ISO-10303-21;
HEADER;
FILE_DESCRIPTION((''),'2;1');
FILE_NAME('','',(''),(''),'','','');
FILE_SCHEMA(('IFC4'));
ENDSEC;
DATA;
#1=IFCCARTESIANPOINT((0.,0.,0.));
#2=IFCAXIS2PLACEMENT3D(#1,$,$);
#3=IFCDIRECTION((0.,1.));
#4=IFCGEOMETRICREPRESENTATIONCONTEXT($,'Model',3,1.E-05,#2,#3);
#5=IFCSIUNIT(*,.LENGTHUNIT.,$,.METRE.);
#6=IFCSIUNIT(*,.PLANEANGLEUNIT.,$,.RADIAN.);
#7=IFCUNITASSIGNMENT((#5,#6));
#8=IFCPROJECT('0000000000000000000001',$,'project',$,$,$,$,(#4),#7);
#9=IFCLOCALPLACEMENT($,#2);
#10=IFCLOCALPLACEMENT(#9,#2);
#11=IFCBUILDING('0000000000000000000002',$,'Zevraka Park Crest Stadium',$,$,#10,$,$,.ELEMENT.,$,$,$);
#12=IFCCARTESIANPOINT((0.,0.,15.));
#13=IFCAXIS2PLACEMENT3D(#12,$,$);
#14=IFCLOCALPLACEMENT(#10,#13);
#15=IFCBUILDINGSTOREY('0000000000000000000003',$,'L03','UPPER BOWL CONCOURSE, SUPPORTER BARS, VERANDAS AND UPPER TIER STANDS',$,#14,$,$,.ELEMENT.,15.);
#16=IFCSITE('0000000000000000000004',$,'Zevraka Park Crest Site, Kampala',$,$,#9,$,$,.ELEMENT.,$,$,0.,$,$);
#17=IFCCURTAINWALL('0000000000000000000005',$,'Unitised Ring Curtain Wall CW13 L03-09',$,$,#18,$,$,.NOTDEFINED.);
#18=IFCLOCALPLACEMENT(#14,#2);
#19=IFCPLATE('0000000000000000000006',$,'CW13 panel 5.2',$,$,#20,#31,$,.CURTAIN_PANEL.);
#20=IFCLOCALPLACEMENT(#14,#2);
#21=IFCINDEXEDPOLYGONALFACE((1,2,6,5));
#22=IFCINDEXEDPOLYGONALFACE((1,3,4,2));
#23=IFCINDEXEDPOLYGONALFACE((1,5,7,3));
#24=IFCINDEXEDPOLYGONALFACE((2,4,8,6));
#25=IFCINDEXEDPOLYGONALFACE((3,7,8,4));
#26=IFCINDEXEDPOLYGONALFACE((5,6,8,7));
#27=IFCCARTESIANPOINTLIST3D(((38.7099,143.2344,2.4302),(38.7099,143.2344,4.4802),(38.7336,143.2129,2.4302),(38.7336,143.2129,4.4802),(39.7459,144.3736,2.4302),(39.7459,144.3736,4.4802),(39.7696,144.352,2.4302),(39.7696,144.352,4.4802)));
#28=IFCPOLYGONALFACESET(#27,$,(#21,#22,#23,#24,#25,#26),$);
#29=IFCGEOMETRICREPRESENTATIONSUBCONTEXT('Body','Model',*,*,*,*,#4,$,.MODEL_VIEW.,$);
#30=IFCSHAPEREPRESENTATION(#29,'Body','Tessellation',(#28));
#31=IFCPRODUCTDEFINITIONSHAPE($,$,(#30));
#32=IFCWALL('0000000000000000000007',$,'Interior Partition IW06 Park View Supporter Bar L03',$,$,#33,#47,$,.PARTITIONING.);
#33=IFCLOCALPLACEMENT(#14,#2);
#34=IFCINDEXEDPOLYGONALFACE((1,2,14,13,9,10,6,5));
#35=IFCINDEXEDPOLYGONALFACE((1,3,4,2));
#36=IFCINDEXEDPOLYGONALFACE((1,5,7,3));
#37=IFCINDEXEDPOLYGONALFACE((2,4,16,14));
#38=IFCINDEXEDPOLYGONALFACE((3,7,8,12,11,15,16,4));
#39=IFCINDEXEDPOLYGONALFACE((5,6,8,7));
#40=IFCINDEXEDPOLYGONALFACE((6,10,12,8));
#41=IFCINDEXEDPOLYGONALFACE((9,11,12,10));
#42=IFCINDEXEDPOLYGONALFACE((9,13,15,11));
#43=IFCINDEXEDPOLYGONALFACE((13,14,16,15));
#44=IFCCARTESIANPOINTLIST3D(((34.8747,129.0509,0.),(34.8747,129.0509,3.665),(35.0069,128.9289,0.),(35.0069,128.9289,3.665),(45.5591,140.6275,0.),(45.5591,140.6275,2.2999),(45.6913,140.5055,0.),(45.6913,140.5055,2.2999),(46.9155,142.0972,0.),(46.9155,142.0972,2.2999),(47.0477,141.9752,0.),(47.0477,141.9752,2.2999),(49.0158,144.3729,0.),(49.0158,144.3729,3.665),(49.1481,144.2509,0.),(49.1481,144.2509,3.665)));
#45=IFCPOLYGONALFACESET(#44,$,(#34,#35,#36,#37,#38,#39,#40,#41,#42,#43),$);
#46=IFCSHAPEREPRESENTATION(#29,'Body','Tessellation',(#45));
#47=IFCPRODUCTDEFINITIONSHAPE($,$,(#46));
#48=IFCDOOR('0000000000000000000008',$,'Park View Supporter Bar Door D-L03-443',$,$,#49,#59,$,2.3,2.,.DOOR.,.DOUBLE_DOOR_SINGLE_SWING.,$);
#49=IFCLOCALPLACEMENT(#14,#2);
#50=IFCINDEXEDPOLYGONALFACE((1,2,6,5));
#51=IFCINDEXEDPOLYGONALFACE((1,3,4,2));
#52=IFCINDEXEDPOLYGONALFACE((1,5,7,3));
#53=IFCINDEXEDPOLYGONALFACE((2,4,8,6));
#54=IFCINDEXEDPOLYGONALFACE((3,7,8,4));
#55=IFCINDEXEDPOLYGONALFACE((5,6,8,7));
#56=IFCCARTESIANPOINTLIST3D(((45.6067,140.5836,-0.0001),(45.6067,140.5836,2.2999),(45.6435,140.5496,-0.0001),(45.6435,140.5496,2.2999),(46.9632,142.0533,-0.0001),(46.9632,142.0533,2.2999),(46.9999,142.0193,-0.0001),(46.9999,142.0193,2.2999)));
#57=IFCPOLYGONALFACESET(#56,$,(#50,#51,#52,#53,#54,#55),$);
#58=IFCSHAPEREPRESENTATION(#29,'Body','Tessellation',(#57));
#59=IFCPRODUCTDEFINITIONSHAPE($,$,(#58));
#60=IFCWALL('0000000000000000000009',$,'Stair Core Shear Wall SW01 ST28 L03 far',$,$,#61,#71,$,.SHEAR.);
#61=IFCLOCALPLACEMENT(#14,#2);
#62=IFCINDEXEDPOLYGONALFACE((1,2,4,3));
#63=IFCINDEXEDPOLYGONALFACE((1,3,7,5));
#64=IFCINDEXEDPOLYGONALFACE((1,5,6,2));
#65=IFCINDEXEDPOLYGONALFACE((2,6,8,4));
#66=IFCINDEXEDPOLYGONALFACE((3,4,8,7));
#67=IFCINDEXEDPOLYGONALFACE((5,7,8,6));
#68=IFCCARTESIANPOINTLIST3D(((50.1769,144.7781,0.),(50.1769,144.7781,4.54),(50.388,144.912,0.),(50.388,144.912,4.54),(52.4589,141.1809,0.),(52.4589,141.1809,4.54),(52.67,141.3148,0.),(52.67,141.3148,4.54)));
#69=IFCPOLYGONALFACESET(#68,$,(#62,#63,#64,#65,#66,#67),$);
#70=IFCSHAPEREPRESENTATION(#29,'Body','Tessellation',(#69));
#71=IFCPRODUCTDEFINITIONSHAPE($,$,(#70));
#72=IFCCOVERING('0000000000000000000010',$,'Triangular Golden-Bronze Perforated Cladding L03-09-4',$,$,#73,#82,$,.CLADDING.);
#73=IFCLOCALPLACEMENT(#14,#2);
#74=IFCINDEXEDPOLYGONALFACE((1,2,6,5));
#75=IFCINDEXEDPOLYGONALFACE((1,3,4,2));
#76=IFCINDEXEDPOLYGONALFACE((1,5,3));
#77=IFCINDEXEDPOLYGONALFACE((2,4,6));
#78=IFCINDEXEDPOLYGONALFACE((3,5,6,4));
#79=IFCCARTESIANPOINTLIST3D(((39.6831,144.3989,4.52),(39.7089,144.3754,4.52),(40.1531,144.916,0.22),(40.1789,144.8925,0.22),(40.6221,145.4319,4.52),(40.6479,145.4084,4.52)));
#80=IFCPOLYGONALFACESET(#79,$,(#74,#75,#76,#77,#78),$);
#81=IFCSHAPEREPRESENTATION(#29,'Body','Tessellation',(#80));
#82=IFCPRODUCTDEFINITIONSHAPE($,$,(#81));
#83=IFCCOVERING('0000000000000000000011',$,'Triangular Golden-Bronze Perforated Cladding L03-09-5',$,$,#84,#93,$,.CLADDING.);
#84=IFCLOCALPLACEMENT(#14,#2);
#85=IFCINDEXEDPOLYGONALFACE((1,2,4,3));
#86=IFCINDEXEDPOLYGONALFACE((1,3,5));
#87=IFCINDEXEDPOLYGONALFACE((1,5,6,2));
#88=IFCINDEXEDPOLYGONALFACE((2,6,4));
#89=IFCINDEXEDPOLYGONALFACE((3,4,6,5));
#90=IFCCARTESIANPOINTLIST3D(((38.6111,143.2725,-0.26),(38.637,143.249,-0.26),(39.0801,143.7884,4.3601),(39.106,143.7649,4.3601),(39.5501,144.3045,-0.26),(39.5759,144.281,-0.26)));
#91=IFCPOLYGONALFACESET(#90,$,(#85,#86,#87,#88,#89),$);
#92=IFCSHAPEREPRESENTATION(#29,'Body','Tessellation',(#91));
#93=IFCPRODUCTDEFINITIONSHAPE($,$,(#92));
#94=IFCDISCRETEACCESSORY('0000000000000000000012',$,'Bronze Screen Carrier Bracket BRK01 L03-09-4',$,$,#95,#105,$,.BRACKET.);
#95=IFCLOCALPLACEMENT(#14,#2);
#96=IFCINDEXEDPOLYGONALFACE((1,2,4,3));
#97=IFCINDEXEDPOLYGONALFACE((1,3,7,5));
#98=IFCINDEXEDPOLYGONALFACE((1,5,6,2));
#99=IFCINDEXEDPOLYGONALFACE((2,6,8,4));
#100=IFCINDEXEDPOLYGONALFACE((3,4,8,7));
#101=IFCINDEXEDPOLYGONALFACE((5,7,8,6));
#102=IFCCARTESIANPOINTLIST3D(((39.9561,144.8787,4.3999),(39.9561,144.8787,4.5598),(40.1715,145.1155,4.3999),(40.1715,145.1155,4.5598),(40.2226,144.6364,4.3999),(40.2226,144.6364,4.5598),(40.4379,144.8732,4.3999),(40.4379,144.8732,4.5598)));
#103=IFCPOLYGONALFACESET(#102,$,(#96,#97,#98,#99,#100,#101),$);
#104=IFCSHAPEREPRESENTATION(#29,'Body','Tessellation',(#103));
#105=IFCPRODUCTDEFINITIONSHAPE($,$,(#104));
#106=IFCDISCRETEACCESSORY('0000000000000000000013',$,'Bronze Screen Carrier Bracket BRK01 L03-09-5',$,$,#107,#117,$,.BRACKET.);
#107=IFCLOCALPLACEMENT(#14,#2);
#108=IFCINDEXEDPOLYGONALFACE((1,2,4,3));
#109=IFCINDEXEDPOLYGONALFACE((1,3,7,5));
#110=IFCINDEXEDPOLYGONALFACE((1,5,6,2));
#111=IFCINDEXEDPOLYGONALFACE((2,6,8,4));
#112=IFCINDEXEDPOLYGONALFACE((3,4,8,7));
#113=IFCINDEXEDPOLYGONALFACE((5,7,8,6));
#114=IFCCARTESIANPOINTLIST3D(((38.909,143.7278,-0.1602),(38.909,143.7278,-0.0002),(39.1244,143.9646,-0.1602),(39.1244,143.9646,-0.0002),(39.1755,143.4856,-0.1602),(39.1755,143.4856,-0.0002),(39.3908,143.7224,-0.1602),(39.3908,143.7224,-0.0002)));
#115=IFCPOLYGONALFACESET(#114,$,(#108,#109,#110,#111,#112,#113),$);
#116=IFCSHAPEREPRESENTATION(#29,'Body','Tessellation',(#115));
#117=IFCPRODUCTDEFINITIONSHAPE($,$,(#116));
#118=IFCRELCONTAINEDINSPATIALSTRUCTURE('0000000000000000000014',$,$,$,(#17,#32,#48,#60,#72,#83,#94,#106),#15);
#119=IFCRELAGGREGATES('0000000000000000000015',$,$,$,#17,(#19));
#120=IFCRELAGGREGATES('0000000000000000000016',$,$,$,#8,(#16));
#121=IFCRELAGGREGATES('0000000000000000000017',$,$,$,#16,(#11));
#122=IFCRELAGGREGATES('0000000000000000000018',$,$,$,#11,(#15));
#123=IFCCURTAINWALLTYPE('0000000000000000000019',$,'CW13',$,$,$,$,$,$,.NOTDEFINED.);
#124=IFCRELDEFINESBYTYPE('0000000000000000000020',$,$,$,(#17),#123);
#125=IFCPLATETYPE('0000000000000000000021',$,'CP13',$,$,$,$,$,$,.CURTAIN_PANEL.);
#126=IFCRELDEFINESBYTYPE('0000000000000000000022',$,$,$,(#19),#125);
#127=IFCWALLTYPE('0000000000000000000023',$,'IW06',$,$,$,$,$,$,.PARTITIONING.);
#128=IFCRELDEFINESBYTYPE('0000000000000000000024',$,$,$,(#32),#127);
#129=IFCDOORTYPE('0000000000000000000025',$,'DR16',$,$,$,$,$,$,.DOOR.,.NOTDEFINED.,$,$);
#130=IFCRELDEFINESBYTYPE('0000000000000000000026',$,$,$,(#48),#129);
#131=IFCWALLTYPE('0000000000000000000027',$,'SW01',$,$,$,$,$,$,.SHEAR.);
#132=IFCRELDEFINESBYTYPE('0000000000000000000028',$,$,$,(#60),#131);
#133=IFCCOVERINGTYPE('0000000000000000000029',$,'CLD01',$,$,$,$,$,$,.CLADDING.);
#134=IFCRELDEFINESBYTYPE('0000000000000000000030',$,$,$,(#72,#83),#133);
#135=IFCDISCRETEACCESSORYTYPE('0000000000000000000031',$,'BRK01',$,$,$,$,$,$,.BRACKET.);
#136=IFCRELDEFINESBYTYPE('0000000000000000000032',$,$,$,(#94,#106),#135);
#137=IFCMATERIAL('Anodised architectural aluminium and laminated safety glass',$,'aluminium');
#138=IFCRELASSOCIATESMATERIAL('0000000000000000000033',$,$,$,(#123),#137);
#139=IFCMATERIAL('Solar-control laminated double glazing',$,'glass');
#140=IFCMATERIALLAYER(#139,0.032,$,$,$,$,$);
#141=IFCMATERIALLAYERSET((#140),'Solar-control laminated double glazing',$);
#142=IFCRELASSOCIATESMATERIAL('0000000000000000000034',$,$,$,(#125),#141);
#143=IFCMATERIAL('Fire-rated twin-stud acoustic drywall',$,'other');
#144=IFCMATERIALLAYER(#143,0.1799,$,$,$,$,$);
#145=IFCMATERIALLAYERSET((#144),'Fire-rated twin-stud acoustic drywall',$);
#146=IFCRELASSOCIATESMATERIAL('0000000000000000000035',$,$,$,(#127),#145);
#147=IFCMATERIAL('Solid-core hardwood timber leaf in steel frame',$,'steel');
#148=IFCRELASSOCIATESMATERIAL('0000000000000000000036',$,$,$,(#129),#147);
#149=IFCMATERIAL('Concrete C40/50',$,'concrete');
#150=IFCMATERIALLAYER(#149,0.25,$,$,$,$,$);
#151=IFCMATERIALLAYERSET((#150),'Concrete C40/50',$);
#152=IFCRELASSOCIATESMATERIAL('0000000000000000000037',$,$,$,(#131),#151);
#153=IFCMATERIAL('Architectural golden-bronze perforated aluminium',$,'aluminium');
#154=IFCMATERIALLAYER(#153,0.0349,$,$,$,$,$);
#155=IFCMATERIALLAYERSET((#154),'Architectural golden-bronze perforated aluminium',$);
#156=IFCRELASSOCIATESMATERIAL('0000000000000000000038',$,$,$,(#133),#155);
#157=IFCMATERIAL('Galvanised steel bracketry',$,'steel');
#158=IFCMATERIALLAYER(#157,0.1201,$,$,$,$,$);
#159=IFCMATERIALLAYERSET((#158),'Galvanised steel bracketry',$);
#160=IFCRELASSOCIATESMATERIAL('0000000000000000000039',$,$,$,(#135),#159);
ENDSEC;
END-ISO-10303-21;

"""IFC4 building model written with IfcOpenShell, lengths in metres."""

from ifc_helpers import new_model, si_unit, direction, frame, frame_2d, origin, origin_2d, place, context, subcontext, project, spatial, polyline, rectangle, outline, extrude, material, layer, layer_set, type_object, element, fill, aggregate, save


model = new_model("IFC4")

# Units and contexts
model_context = context("Model", 3, precision=1e-05, world=origin(), true_north=direction((0.0, 1.0)))
body_context = subcontext(model_context, "Body", "Model", "MODEL_VIEW")
ifc_project = project(units=[si_unit("LENGTHUNIT", "METRE"), si_unit("PLANEANGLEUNIT", "RADIAN")], contexts=[model_context])

# Site, building, storey
site_placement = place(None, origin())
site = spatial("IfcSite", under=ifc_project, at=site_placement, Name="Zevraka Park Crest Site, Kampala", CompositionType="ELEMENT", RefElevation=0.0)
building_placement = place(site_placement, origin())
building = spatial("IfcBuilding", under=site, at=building_placement, Name="Zevraka Park Crest Stadium", CompositionType="ELEMENT")
storey_placement = place(building_placement, frame((0.0, 0.0, 15.0)))
storey = spatial("IfcBuildingStorey", under=building, at=storey_placement, Name="L03", Description="UPPER BOWL CONCOURSE, SUPPORTER BARS, VERANDAS AND UPPER TIER STANDS", CompositionType="ELEMENT", Elevation=15.0)

# Curtain wall
ifc_material_1 = material(Name="Anodised architectural aluminium and laminated safety glass", Category="aluminium")
curtain_wall_type = type_object("IfcCurtainWallType", Name="CW13", PredefinedType="NOTDEFINED", material=ifc_material_1)
curtain_wall_placement = place(storey_placement, origin())
curtain_wall = element("IfcCurtainWall", 1, at=curtain_wall_placement, inside=storey, type_object=curtain_wall_type, Name="Unitised Ring Curtain Wall CW13 L03-09", PredefinedType="NOTDEFINED")

# Plate
ifc_material_2 = material(Name="Solar-control laminated double glazing", Category="glass")
ifc_layer_1 = layer(ifc_material_2, 0.032)
ifc_layer_set_1 = layer_set([ifc_layer_1], Name="Solar-control laminated double glazing")
plate_type = type_object("IfcPlateType", Name="CP13", PredefinedType="CURTAIN_PANEL", material=ifc_layer_set_1)
plate_1_placement = place(storey_placement, frame((39.2397, 143.7932, 2.4302), z_axis=(0.0, 0.0, 1.0), x_axis=(-0.672802, -0.739823, 0.0)))
plate_1 = element("IfcPlate", 2, at=plate_1_placement, type_object=plate_type, Name="CW13 panel 5.2", PredefinedType="CURTAIN_PANEL", context=body_context, shape_type="SweptSolid", body=[
    extrude(rectangle(XDim=1.5398, YDim=0.032, at=origin_2d()), origin(), (0.0, 0.0, 1.0), 2.05),
])
aggregate(curtain_wall, [plate_1])

# Wall, opening, door
ifc_material_3 = material(Name="Fire-rated twin-stud acoustic drywall", Category="other")
ifc_layer_2 = layer(ifc_material_3, 0.1799)
ifc_layer_set_2 = layer_set([ifc_layer_2], Name="Fire-rated twin-stud acoustic drywall")
wall_type_1 = type_object("IfcWallType", Name="IW06", PredefinedType="PARTITIONING", material=ifc_layer_set_2)
wall_1_placement = place(storey_placement, frame((49.082, 144.312, 0.0), z_axis=(0.0, 0.0, 1.0), x_axis=(-0.678221, -0.734858, 0.0)))
wall_1 = element("IfcWall", 3, at=wall_1_placement, inside=storey, type_object=wall_type_1, Name="Interior Partition IW06 Park View Supporter Bar L03", PredefinedType="PARTITIONING", context=body_context, shape_type="SweptSolid", body=[
    extrude(rectangle(XDim=20.8503, YDim=0.1799, at=frame_2d((10.4253, 0.0))), origin(), (0.0, 0.0, 1.0), 3.665),
])
opening_placement = place(wall_1_placement, frame((3.0969, 0.0, 0.0)))
opening = element("IfcOpeningElement", 4, at=opening_placement, cuts=wall_1, PredefinedType="OPENING", context=body_context, shape_type="SweptSolid", body=[
    extrude(rectangle(XDim=2.0, YDim=2.3, at=frame_2d((1.0, 1.1499))), frame((0.0, 0.0999, 0.0), z_axis=(0.0, -1.0, 0.0), x_axis=(1.0, 0.0, 0.0)), (0.0, 0.0, 1.0), 0.2),
])
ifc_material_4 = material(Name="Solid-core hardwood timber leaf in steel frame", Category="steel")
door_type = type_object("IfcDoorType", Name="DR16", OperationType="NOTDEFINED", PredefinedType="DOOR", material=ifc_material_4)
door_placement = place(opening_placement, origin())
door = element("IfcDoor", 5, at=door_placement, inside=storey, type_object=door_type, Name="Park View Supporter Bar Door D-L03-443", OperationType="DOUBLE_DOOR_SINGLE_SWING", OverallHeight=2.3, OverallWidth=2.0, PredefinedType="DOOR", context=body_context, shape_type="SweptSolid", body=[
    extrude(rectangle(XDim=2.0, YDim=2.3, at=frame_2d((1.0, 1.1499))), frame((0.0, 0.0249, 0.0), z_axis=(0.0, -1.0, 0.0), x_axis=(1.0, 0.0, 0.0)), (0.0, 0.0, 1.0), 0.05),
])
fill(opening, door)

# Wall
ifc_material_5 = material(Name="Concrete C40/50", Category="concrete")
ifc_layer_3 = layer(ifc_material_5, 0.25)
ifc_layer_set_3 = layer_set([ifc_layer_3], Name="Concrete C40/50")
wall_type_2 = type_object("IfcWallType", Name="SW01", PredefinedType="SHEAR", material=ifc_layer_set_3)
wall_2_placement = place(storey_placement, frame((50.2825, 144.845, 0.0), z_axis=(0.0, 0.0, 1.0), x_axis=(0.535685, -0.844418, 0.0)))
element("IfcWall", 6, at=wall_2_placement, inside=storey, type_object=wall_type_2, Name="Stair Core Shear Wall SW01 ST28 L03 far", PredefinedType="SHEAR", context=body_context, shape_type="SweptSolid", body=[
    extrude(rectangle(XDim=4.26, YDim=0.25, at=frame_2d((2.1299, 0.0))), origin(), (0.0, 0.0, 1.0), 4.54),
])

# Coverings
ifc_material_6 = material(Name="Architectural golden-bronze perforated aluminium", Category="aluminium")
ifc_layer_4 = layer(ifc_material_6, 0.0349)
ifc_layer_set_4 = layer_set([ifc_layer_4], Name="Architectural golden-bronze perforated aluminium")
covering_type = type_object("IfcCoveringType", Name="CLD01", PredefinedType="CLADDING", material=ifc_layer_set_4)
covering_1_placement = place(storey_placement, frame((39.6831, 144.3989, 4.52), z_axis=(-0.739972, 0.672638, 0.000011), x_axis=(0.672638, 0.739972, 0.0)))
element("IfcCovering", 7, at=covering_1_placement, inside=storey, type_object=covering_type, Name="Triangular Golden-Bronze Perforated Cladding L03-09-4", PredefinedType="CLADDING", context=body_context, shape_type="SweptSolid", body=[
    extrude(outline(polyline([(0.0, 0.0), (1.3959, 0.0), (0.6988, 4.3), (0.0, 0.0)])), origin(), (0.0, 0.0, -1.0), 0.0349),
])
covering_2_placement = place(storey_placement, frame((39.5759, 144.281, -0.26), z_axis=(0.739655, -0.672986, 0.00006), x_axis=(-0.672986, -0.739655, 0.0)))
element("IfcCovering", 8, at=covering_2_placement, inside=storey, type_object=covering_type, Name="Triangular Golden-Bronze Perforated Cladding L03-09-5", PredefinedType="CLADDING", context=body_context, shape_type="SweptSolid", body=[
    extrude(outline(polyline([(0.0, 0.0), (1.3952, 0.0), (0.698, -4.6201), (0.0, 0.0)])), origin(), (0.0, 0.0, -1.0), 0.0349),
])

# Discrete accessories
ifc_material_7 = material(Name="Galvanised steel bracketry", Category="steel")
ifc_layer_5 = layer(ifc_material_7, 0.1201)
ifc_layer_set_5 = layer_set([ifc_layer_5], Name="Galvanised steel bracketry")
discrete_accessory_type = type_object("IfcDiscreteAccessoryType", Name="BRK01", PredefinedType="BRACKET", material=ifc_layer_set_5)
for number, where, z_axis, x_axis, name in (
    (9, (40.197, 144.876, 4.3999), (0.0, 0.0, 1.0), (-0.672754, -0.739866, 0.0), "Bronze Screen Carrier Bracket BRK01 L03-09-4"),
    (10, (39.1499, 143.7251, -0.1602), (0.0, 0.0, 1.0), (-0.672754, -0.739866, 0.0), "Bronze Screen Carrier Bracket BRK01 L03-09-5"),
):
    element("IfcDiscreteAccessory", number, at=place(storey_placement, frame(where, z_axis=z_axis, x_axis=x_axis)), inside=storey, type_object=discrete_accessory_type, Name=name, PredefinedType="BRACKET", context=body_context, shape_type="SweptSolid", body=[
        extrude(rectangle(XDim=0.3201, YDim=0.3601, at=origin_2d()), origin(), (0.0, 0.0, 1.0), 0.1599),
    ])

save(model, "model.ifc")
